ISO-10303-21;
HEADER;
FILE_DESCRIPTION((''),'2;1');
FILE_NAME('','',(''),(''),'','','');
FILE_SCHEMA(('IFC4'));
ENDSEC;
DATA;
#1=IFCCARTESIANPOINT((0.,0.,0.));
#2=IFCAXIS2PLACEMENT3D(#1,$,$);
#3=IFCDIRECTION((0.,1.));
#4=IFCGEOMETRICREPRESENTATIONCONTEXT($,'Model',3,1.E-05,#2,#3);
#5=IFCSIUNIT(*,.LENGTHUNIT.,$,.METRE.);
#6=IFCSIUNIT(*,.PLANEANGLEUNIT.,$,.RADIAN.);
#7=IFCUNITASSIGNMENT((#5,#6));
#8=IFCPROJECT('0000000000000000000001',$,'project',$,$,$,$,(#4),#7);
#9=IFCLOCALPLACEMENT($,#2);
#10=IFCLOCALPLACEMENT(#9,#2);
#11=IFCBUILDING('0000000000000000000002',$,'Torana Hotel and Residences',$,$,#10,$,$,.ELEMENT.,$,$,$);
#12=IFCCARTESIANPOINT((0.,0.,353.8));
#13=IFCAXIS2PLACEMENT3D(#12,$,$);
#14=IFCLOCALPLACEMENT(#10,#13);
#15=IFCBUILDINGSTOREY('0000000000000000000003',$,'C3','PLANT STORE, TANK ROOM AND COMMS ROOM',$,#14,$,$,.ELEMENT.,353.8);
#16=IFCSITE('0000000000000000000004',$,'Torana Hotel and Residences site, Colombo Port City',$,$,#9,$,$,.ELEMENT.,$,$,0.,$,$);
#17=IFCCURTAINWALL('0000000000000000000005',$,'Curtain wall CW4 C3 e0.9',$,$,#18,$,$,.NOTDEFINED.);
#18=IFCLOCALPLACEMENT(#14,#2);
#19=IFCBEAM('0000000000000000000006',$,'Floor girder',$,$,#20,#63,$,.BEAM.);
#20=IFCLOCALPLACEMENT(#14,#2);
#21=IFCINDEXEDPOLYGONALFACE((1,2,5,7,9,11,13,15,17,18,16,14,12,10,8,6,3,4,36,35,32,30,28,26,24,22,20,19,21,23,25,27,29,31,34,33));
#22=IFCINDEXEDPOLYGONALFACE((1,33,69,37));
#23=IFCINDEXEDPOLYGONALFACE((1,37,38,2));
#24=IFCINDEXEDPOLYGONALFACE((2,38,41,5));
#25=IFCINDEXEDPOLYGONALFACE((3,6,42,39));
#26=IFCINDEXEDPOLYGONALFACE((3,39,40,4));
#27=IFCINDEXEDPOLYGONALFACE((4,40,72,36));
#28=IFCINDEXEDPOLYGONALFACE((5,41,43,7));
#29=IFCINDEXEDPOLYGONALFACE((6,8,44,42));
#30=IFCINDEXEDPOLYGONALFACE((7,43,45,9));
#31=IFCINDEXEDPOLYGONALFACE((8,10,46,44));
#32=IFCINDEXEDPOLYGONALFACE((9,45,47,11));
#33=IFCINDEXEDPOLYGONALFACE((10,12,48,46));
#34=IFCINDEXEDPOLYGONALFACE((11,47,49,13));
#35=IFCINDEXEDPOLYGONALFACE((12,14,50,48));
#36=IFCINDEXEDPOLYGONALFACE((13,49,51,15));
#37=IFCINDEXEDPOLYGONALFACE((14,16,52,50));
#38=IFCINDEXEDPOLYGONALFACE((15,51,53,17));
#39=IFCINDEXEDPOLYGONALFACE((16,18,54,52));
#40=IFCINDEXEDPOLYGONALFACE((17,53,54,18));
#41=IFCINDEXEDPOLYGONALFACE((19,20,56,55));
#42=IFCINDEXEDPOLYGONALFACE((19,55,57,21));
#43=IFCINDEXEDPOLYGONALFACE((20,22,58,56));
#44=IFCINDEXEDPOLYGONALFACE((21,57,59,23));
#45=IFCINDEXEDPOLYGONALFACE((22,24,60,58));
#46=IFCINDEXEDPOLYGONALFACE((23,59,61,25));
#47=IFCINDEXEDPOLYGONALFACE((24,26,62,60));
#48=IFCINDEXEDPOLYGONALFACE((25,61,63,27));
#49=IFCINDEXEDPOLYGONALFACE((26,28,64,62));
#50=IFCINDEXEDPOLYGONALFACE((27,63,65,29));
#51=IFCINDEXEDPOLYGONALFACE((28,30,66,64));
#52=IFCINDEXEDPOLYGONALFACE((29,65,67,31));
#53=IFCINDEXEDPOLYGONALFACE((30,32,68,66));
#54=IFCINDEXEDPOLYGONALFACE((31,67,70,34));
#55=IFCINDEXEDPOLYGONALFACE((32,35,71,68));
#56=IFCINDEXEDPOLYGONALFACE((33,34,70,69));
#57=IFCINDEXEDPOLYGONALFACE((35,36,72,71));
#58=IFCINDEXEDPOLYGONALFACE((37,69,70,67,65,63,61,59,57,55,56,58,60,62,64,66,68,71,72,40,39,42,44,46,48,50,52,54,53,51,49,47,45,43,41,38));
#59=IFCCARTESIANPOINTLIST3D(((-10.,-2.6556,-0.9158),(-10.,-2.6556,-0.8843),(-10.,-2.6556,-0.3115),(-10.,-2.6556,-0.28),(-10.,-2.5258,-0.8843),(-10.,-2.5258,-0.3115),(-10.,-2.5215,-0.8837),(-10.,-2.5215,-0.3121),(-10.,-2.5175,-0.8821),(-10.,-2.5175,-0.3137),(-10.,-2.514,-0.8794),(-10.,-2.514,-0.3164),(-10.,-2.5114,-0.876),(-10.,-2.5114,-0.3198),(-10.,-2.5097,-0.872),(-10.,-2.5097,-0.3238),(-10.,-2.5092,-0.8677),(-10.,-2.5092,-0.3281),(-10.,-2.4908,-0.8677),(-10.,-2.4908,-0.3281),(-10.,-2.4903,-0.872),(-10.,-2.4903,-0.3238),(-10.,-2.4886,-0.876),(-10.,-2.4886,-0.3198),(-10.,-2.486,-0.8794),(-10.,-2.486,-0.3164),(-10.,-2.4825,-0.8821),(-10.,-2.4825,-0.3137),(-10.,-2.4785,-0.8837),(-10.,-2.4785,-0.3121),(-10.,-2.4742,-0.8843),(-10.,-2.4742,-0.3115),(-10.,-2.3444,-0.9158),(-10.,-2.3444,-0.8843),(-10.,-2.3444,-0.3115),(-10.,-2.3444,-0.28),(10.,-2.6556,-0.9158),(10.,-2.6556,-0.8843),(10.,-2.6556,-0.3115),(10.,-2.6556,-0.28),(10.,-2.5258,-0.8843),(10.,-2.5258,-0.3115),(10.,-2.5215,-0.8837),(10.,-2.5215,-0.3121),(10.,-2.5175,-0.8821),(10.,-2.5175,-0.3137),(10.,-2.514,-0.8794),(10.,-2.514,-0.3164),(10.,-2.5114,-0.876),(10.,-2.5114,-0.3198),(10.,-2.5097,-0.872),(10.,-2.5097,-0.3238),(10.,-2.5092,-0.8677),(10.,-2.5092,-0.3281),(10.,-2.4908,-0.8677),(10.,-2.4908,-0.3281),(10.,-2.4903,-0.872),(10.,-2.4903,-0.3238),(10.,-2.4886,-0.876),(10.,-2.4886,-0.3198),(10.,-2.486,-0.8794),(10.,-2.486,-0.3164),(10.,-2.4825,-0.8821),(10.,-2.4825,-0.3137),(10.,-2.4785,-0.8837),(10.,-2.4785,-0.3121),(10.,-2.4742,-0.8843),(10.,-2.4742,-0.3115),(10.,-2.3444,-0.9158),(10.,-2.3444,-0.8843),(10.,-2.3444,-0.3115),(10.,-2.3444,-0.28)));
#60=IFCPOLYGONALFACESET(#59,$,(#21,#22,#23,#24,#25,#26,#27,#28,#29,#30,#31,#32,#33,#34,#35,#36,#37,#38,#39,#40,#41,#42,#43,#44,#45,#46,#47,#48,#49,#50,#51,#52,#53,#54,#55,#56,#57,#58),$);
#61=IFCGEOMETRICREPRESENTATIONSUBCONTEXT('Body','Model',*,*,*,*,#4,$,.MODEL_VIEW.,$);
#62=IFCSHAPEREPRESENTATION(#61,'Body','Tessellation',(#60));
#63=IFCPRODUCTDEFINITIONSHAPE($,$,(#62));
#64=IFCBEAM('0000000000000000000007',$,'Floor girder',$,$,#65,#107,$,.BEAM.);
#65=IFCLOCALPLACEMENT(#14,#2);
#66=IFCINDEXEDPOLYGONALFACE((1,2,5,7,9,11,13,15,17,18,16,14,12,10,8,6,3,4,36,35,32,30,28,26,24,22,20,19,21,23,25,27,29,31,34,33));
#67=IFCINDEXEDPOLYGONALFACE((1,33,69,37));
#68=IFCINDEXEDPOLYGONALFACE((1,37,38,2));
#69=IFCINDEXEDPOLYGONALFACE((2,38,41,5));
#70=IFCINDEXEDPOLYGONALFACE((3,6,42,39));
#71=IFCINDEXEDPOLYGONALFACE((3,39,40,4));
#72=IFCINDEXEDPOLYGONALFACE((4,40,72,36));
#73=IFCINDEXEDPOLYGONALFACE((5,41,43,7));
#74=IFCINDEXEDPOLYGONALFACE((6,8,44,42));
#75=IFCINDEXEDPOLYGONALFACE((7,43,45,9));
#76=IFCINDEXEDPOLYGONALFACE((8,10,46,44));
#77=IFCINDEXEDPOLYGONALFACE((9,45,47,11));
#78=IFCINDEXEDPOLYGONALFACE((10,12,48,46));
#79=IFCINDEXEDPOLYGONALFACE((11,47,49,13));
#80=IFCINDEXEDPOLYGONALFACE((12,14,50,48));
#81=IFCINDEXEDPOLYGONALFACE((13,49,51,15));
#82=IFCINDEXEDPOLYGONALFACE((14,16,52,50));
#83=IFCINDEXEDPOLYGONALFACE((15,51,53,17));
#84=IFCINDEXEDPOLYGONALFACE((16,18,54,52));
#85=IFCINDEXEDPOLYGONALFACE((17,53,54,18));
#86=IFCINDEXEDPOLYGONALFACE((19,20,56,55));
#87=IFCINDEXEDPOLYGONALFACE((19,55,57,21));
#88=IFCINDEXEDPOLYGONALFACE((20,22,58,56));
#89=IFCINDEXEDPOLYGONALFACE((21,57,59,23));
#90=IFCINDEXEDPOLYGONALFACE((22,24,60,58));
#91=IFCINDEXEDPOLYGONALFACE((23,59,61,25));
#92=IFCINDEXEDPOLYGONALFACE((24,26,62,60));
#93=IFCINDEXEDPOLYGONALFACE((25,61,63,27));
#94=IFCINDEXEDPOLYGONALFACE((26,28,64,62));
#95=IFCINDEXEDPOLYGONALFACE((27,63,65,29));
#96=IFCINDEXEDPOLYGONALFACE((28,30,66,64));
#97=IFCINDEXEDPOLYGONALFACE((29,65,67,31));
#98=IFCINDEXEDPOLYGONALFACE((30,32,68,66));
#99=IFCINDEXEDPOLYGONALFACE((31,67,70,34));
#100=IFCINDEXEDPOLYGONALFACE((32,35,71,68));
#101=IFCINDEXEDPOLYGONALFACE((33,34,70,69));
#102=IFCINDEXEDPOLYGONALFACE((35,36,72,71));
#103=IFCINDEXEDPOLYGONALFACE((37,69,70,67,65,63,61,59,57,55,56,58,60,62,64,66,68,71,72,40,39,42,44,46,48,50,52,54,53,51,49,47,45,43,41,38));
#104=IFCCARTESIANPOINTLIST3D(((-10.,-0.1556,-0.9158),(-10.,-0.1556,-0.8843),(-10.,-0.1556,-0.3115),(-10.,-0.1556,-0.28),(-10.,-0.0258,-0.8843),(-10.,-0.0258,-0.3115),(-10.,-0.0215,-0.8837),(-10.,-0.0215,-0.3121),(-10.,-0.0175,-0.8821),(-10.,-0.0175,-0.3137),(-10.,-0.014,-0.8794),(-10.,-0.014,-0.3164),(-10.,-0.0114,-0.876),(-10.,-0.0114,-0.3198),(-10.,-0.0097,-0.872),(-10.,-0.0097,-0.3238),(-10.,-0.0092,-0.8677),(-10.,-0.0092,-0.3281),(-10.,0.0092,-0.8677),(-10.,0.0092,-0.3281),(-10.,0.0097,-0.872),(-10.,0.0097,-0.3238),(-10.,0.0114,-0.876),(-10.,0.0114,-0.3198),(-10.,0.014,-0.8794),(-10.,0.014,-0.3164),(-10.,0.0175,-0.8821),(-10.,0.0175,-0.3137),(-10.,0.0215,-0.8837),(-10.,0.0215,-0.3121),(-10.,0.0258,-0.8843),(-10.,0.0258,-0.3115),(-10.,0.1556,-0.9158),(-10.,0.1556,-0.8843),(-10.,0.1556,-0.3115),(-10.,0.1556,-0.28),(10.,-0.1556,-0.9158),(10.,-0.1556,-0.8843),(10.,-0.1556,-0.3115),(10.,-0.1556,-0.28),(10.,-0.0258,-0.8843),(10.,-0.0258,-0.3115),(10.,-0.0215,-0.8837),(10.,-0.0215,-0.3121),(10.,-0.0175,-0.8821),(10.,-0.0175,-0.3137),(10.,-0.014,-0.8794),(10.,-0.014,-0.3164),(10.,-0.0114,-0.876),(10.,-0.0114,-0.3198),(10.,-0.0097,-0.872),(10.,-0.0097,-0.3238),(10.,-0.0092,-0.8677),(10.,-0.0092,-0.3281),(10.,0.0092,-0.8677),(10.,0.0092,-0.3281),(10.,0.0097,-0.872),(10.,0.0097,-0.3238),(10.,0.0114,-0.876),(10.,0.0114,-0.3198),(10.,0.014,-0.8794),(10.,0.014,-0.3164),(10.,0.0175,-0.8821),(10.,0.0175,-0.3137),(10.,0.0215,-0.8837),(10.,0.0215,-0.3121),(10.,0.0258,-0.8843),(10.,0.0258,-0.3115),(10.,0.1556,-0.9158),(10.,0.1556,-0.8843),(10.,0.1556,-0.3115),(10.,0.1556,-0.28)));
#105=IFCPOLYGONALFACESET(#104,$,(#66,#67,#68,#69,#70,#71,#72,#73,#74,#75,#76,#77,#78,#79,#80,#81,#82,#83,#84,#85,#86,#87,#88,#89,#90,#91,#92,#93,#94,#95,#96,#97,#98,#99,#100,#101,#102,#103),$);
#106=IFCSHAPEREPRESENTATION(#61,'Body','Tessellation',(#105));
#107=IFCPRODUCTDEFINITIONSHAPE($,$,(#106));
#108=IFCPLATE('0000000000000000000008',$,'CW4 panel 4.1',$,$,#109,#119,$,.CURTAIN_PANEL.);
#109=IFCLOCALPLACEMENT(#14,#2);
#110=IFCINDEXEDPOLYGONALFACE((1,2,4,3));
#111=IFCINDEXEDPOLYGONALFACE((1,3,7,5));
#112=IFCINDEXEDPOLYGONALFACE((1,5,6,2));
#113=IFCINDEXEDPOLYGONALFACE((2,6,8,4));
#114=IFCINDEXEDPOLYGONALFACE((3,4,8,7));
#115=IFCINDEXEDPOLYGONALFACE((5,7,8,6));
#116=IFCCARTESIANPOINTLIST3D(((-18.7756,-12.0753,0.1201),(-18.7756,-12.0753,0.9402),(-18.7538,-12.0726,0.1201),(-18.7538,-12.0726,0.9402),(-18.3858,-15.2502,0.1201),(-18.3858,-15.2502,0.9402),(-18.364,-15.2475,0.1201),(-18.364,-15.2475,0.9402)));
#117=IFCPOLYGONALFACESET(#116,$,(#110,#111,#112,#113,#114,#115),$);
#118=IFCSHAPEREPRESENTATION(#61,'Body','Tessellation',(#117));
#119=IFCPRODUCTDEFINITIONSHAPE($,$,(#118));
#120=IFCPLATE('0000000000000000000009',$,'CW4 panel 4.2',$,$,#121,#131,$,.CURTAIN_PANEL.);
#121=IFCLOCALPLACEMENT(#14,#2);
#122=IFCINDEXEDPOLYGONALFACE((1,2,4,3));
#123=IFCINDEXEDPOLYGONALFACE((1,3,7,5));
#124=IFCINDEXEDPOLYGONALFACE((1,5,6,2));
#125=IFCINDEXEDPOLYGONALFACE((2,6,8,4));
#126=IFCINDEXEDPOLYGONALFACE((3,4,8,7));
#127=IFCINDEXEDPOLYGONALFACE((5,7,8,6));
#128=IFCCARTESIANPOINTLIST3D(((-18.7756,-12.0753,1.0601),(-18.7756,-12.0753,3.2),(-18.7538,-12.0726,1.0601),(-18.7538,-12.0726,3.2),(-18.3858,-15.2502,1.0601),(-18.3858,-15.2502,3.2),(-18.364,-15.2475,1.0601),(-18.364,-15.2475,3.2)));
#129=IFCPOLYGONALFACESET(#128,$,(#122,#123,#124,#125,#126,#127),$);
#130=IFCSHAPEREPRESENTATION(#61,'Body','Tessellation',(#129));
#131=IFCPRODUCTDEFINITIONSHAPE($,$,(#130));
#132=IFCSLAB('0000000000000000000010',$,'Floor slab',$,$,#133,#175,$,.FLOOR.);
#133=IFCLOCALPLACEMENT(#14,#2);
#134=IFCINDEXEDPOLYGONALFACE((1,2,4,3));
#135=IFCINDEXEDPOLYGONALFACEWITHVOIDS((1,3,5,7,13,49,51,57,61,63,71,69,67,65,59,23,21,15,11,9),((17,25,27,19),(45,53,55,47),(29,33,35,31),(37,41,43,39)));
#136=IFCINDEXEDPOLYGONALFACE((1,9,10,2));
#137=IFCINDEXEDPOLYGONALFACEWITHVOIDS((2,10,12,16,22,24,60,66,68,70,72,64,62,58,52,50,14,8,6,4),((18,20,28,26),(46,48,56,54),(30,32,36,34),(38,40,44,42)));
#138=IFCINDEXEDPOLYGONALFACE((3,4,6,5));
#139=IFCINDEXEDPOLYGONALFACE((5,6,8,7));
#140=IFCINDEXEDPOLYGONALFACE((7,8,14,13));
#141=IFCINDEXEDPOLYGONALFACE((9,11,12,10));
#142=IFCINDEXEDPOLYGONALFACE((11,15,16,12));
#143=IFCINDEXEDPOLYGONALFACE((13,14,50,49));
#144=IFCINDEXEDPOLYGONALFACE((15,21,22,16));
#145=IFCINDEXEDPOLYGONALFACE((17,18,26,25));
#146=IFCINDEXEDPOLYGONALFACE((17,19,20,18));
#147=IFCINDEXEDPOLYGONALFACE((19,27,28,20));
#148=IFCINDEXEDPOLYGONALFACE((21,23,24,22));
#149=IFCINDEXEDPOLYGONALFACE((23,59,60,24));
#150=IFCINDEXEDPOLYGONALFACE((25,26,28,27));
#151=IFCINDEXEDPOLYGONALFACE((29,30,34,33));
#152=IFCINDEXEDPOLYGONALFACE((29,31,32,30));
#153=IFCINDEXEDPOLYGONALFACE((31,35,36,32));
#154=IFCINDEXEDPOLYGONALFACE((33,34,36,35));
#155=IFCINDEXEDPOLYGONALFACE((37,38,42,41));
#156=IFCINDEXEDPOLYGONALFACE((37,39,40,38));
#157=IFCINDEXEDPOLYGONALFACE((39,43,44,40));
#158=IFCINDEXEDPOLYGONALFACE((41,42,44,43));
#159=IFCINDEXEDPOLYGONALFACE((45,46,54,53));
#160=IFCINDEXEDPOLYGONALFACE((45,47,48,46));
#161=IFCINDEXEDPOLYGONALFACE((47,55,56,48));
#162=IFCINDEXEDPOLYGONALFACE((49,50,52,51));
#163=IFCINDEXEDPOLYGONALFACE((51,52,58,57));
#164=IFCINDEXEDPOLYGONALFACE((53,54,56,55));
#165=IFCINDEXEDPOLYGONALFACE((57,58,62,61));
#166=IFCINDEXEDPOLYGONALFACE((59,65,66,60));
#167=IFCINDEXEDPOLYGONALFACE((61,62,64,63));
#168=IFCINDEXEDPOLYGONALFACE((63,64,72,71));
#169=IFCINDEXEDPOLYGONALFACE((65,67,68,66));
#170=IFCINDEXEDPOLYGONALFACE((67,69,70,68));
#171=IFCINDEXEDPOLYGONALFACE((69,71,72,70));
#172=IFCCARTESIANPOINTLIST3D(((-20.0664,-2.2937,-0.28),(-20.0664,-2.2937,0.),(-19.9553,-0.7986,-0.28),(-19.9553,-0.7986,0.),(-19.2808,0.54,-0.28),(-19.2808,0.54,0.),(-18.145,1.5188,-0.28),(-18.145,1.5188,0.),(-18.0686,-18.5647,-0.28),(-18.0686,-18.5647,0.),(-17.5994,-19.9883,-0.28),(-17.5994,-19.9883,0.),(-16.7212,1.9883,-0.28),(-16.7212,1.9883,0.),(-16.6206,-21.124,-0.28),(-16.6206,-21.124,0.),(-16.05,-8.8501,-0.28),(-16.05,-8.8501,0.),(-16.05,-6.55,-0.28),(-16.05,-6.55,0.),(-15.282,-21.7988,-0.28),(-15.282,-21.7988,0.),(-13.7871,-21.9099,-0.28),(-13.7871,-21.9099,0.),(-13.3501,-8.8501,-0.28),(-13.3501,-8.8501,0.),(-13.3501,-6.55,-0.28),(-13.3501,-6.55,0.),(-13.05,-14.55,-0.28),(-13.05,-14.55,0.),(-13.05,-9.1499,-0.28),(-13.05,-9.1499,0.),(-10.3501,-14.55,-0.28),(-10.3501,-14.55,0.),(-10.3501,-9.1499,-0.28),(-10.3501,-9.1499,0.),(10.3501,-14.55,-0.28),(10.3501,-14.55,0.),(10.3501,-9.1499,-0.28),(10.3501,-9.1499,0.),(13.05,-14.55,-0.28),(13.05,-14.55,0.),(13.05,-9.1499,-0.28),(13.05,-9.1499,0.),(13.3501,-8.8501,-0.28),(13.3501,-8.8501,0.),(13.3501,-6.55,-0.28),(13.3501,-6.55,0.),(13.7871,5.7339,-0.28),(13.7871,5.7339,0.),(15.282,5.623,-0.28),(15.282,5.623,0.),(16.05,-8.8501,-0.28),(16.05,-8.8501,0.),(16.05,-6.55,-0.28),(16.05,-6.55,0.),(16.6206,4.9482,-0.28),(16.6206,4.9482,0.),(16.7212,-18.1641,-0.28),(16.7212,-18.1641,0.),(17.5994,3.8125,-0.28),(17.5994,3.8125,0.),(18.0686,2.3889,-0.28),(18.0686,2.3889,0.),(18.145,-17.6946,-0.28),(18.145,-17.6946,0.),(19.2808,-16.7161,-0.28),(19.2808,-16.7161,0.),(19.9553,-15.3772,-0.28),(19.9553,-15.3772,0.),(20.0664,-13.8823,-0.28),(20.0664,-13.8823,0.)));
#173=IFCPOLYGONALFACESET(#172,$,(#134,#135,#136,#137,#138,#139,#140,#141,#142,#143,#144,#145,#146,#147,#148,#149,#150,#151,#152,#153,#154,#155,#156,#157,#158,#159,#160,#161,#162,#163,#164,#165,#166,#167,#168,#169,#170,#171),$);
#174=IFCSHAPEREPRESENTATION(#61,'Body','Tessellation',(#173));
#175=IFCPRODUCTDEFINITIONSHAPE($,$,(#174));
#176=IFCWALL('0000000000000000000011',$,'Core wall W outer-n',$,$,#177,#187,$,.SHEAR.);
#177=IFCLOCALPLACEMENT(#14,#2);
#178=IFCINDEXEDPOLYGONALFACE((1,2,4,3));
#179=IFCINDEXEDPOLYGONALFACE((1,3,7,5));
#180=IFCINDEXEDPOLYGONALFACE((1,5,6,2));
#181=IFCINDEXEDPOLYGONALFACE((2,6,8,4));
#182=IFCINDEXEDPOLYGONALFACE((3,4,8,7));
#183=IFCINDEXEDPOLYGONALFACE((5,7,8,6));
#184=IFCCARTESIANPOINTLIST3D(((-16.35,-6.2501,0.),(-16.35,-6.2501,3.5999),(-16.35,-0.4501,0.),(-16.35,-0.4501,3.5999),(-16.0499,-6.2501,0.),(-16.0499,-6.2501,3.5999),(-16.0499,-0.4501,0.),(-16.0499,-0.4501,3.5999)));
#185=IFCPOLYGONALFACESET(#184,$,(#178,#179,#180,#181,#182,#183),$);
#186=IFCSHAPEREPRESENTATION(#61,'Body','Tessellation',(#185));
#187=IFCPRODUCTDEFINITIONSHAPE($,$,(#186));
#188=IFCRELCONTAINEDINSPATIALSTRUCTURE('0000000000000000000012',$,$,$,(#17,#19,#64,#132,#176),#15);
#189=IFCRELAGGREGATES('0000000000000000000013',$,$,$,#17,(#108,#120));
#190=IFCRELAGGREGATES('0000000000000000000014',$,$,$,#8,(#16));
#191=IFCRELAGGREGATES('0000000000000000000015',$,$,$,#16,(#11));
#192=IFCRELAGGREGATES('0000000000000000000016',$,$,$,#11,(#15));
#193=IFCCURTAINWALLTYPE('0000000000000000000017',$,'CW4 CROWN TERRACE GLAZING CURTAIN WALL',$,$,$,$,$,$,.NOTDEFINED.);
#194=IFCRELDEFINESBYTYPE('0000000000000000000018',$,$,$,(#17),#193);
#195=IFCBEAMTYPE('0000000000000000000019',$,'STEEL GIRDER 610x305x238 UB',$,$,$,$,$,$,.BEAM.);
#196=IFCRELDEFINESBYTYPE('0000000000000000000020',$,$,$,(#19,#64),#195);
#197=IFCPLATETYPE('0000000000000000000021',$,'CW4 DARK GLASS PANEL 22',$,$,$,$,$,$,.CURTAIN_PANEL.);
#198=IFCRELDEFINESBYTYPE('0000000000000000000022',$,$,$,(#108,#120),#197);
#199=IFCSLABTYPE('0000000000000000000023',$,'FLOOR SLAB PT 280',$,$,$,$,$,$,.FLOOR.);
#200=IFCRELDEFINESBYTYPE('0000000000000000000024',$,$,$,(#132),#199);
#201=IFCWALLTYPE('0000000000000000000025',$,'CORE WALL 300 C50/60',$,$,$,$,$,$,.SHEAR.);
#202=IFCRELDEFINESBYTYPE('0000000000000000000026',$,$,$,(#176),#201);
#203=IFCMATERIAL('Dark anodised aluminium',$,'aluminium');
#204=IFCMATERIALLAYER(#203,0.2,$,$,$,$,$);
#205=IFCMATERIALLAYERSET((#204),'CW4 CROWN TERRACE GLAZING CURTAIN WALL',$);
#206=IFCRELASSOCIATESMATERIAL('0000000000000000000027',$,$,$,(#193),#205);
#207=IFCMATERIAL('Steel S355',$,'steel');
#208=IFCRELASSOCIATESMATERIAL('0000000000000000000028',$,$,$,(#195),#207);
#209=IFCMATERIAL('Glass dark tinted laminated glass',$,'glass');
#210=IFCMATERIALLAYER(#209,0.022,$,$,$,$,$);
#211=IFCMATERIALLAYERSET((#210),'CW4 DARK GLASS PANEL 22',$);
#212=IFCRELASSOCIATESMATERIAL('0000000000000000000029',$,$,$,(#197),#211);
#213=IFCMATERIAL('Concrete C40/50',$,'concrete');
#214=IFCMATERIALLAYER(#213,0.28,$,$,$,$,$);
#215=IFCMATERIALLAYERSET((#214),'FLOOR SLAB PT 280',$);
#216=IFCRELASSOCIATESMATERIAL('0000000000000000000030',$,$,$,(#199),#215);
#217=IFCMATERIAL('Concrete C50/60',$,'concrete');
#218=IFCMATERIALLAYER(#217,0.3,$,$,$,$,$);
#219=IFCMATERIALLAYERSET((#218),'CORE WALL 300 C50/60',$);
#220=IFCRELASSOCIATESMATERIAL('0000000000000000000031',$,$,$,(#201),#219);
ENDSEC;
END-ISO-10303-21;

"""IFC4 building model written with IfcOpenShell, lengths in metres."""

from ifc_helpers import new_model, si_unit, direction, frame, frame_2d, origin, origin_2d, place, context, subcontext, project, spatial, polyline, rectangle, i_section, outline, extrude, material, layer, layer_set, material_profile, profile_set, type_object, element, aggregate, save


model = new_model("IFC4")

# Units and contexts
model_context = context("Model", 3, precision=1e-05, world=origin(), true_north=direction((0.0, 1.0)))
body_context = subcontext(model_context, "Body", "Model", "MODEL_VIEW")
ifc_project = project(units=[si_unit("LENGTHUNIT", "METRE"), si_unit("PLANEANGLEUNIT", "RADIAN")], contexts=[model_context])

# Site, building, storey
site_placement = place(None, origin())
site = spatial("IfcSite", under=ifc_project, at=site_placement, Name="Torana Hotel and Residences site, Colombo Port City", CompositionType="ELEMENT", RefElevation=0.0)
building_placement = place(site_placement, origin())
building = spatial("IfcBuilding", under=site, at=building_placement, Name="Torana Hotel and Residences", CompositionType="ELEMENT")
storey_placement = place(building_placement, frame((0.0, 0.0, 353.8)))
storey = spatial("IfcBuildingStorey", under=building, at=storey_placement, Name="C3", Description="PLANT STORE, TANK ROOM AND COMMS ROOM", CompositionType="ELEMENT", Elevation=353.8)

# Curtain wall
ifc_material_1 = material(Name="Dark anodised aluminium", Category="aluminium")
ifc_layer_1 = layer(ifc_material_1, 0.2)
ifc_layer_set_1 = layer_set([ifc_layer_1], Name="CW4 CROWN TERRACE GLAZING CURTAIN WALL")
curtain_wall_type = type_object("IfcCurtainWallType", Name="CW4 CROWN TERRACE GLAZING CURTAIN WALL", PredefinedType="NOTDEFINED", material=ifc_layer_set_1)
curtain_wall_placement = place(storey_placement, origin())
curtain_wall = element("IfcCurtainWall", 1, at=curtain_wall_placement, inside=storey, type_object=curtain_wall_type, Name="Curtain wall CW4 C3 e0.9", PredefinedType="NOTDEFINED")

# Beams
ifc_material_2 = material(Name="Steel S355", Category="steel")
ifc_material_profile_1 = material_profile(ifc_material_2, i_section(OverallWidth=0.3113, OverallDepth=0.6357, WebThickness=0.0183, FlangeThickness=0.0315, FilletRadius=0.0166, at=origin_2d()), Name="610x305x238 UB")
ifc_profile_set_1 = profile_set([ifc_material_profile_1], Name="Steel S355")
beam_type = type_object("IfcBeamType", Name="STEEL GIRDER 610x305x238 UB", PredefinedType="BEAM", material=ifc_profile_set_1)
for number, where, z_axis, x_axis, name in (
    (2, (-10.0, -2.5, -0.5979), (1.0, 0.0, 0.0), (0.0, 1.0, 0.0), "Floor girder"),
    (3, (-10.0, 0.0, -0.5979), (1.0, 0.0, 0.0), (0.0, 1.0, 0.0), "Floor girder"),
):
    element("IfcBeam", number, at=place(storey_placement, frame(where, z_axis=z_axis, x_axis=x_axis)), inside=storey, type_object=beam_type, Name=name, PredefinedType="BEAM", context=body_context, shape_type="SweptSolid", body=[
        extrude(i_section(OverallWidth=0.3113, OverallDepth=0.6357, WebThickness=0.0183, FlangeThickness=0.0315, FilletRadius=0.0166, at=origin_2d()), origin(), (0.0, 0.0, 1.0), 20.0),
    ])

# Plates
ifc_material_3 = material(Name="Glass dark tinted laminated glass", Category="glass")
ifc_layer_2 = layer(ifc_material_3, 0.022)
ifc_layer_set_2 = layer_set([ifc_layer_2], Name="CW4 DARK GLASS PANEL 22")
plate_type = type_object("IfcPlateType", Name="CW4 DARK GLASS PANEL 22", PredefinedType="CURTAIN_PANEL", material=ifc_layer_set_2)
plate_1_placement = place(storey_placement, frame((-18.5698, -13.6614, 0.1201), z_axis=(0.0, 0.0, 1.0), x_axis=(0.121867, -0.992546, 0.0)))
plate_1 = element("IfcPlate", 4, at=plate_1_placement, type_object=plate_type, Name="CW4 panel 4.1", PredefinedType="CURTAIN_PANEL", context=body_context, shape_type="SweptSolid", body=[
    extrude(rectangle(XDim=3.1987, YDim=0.022, at=origin_2d()), origin(), (0.0, 0.0, 1.0), 0.8201),
])
plate_2_placement = place(storey_placement, frame((-18.5698, -13.6614, 1.0601), z_axis=(0.0, 0.0, 1.0), x_axis=(0.121867, -0.992546, 0.0)))
plate_2 = element("IfcPlate", 5, at=plate_2_placement, type_object=plate_type, Name="CW4 panel 4.2", PredefinedType="CURTAIN_PANEL", context=body_context, shape_type="SweptSolid", body=[
    extrude(rectangle(XDim=3.1987, YDim=0.022, at=origin_2d()), origin(), (0.0, 0.0, 1.0), 2.1399),
])
aggregate(curtain_wall, [plate_1, plate_2])

# Slab
ifc_material_4 = material(Name="Concrete C40/50", Category="concrete")
ifc_layer_3 = layer(ifc_material_4, 0.28)
ifc_layer_set_3 = layer_set([ifc_layer_3], Name="FLOOR SLAB PT 280")
slab_type = type_object("IfcSlabType", Name="FLOOR SLAB PT 280", PredefinedType="FLOOR", material=ifc_layer_set_3)
slab_placement = place(storey_placement, frame((0.0, 0.0, -0.28)))
element("IfcSlab", 6, at=slab_placement, inside=storey, type_object=slab_type, Name="Floor slab", PredefinedType="FLOOR", context=body_context, shape_type="SweptSolid", body=[
    extrude(outline(polyline([(18.0686, 2.3889), (17.5994, 3.8125), (16.6206, 4.9482), (15.282, 5.623), (13.7871, 5.7339), (-16.7212, 1.9883), (-18.145, 1.5188), (-19.2808, 0.54), (-19.9553, -0.7986), (-20.0664, -2.2937), (-18.0686, -18.5647), (-17.5994, -19.9883), (-16.6206, -21.124), (-15.282, -21.7988), (-13.7871, -21.9099), (16.7212, -18.1641), (18.145, -17.6946), (19.2808, -16.7161), (19.9553, -15.3772), (20.0664, -13.8823), (18.0686, 2.3889)]), holes=[polyline([(-13.05, -14.55), (-10.3501, -14.55), (-10.3501, -9.1499), (-13.05, -9.1499), (-13.05, -14.55)]), polyline([(-16.05, -8.8501), (-13.3501, -8.8501), (-13.3501, -6.55), (-16.05, -6.55), (-16.05, -8.8501)]), polyline([(10.3501, -14.55), (13.05, -14.55), (13.05, -9.1499), (10.3501, -9.1499), (10.3501, -14.55)]), polyline([(13.3501, -8.8501), (16.05, -8.8501), (16.05, -6.55), (13.3501, -6.55), (13.3501, -8.8501)])]), origin(), (0.0, 0.0, 1.0), 0.28),
])

# Wall
ifc_material_5 = material(Name="Concrete C50/60", Category="concrete")
ifc_layer_4 = layer(ifc_material_5, 0.3)
ifc_layer_set_4 = layer_set([ifc_layer_4], Name="CORE WALL 300 C50/60")
wall_type_1 = type_object("IfcWallType", Name="CORE WALL 300 C50/60", PredefinedType="SHEAR", material=ifc_layer_set_4)
wall_1_placement = place(storey_placement, frame((-16.2, -6.25, 0.0), z_axis=(0.0, 0.0, 1.0), x_axis=(0.0, 1.0, 0.0)))
element("IfcWall", 7, at=wall_1_placement, inside=storey, type_object=wall_type_1, Name="Core wall W outer-n", PredefinedType="SHEAR", context=body_context, shape_type="SweptSolid", body=[
    extrude(rectangle(XDim=5.8, YDim=0.3, at=frame_2d((2.8999, 0.0))), origin(), (0.0, 0.0, 1.0), 3.5999),
])

save(model, "model.ifc")
